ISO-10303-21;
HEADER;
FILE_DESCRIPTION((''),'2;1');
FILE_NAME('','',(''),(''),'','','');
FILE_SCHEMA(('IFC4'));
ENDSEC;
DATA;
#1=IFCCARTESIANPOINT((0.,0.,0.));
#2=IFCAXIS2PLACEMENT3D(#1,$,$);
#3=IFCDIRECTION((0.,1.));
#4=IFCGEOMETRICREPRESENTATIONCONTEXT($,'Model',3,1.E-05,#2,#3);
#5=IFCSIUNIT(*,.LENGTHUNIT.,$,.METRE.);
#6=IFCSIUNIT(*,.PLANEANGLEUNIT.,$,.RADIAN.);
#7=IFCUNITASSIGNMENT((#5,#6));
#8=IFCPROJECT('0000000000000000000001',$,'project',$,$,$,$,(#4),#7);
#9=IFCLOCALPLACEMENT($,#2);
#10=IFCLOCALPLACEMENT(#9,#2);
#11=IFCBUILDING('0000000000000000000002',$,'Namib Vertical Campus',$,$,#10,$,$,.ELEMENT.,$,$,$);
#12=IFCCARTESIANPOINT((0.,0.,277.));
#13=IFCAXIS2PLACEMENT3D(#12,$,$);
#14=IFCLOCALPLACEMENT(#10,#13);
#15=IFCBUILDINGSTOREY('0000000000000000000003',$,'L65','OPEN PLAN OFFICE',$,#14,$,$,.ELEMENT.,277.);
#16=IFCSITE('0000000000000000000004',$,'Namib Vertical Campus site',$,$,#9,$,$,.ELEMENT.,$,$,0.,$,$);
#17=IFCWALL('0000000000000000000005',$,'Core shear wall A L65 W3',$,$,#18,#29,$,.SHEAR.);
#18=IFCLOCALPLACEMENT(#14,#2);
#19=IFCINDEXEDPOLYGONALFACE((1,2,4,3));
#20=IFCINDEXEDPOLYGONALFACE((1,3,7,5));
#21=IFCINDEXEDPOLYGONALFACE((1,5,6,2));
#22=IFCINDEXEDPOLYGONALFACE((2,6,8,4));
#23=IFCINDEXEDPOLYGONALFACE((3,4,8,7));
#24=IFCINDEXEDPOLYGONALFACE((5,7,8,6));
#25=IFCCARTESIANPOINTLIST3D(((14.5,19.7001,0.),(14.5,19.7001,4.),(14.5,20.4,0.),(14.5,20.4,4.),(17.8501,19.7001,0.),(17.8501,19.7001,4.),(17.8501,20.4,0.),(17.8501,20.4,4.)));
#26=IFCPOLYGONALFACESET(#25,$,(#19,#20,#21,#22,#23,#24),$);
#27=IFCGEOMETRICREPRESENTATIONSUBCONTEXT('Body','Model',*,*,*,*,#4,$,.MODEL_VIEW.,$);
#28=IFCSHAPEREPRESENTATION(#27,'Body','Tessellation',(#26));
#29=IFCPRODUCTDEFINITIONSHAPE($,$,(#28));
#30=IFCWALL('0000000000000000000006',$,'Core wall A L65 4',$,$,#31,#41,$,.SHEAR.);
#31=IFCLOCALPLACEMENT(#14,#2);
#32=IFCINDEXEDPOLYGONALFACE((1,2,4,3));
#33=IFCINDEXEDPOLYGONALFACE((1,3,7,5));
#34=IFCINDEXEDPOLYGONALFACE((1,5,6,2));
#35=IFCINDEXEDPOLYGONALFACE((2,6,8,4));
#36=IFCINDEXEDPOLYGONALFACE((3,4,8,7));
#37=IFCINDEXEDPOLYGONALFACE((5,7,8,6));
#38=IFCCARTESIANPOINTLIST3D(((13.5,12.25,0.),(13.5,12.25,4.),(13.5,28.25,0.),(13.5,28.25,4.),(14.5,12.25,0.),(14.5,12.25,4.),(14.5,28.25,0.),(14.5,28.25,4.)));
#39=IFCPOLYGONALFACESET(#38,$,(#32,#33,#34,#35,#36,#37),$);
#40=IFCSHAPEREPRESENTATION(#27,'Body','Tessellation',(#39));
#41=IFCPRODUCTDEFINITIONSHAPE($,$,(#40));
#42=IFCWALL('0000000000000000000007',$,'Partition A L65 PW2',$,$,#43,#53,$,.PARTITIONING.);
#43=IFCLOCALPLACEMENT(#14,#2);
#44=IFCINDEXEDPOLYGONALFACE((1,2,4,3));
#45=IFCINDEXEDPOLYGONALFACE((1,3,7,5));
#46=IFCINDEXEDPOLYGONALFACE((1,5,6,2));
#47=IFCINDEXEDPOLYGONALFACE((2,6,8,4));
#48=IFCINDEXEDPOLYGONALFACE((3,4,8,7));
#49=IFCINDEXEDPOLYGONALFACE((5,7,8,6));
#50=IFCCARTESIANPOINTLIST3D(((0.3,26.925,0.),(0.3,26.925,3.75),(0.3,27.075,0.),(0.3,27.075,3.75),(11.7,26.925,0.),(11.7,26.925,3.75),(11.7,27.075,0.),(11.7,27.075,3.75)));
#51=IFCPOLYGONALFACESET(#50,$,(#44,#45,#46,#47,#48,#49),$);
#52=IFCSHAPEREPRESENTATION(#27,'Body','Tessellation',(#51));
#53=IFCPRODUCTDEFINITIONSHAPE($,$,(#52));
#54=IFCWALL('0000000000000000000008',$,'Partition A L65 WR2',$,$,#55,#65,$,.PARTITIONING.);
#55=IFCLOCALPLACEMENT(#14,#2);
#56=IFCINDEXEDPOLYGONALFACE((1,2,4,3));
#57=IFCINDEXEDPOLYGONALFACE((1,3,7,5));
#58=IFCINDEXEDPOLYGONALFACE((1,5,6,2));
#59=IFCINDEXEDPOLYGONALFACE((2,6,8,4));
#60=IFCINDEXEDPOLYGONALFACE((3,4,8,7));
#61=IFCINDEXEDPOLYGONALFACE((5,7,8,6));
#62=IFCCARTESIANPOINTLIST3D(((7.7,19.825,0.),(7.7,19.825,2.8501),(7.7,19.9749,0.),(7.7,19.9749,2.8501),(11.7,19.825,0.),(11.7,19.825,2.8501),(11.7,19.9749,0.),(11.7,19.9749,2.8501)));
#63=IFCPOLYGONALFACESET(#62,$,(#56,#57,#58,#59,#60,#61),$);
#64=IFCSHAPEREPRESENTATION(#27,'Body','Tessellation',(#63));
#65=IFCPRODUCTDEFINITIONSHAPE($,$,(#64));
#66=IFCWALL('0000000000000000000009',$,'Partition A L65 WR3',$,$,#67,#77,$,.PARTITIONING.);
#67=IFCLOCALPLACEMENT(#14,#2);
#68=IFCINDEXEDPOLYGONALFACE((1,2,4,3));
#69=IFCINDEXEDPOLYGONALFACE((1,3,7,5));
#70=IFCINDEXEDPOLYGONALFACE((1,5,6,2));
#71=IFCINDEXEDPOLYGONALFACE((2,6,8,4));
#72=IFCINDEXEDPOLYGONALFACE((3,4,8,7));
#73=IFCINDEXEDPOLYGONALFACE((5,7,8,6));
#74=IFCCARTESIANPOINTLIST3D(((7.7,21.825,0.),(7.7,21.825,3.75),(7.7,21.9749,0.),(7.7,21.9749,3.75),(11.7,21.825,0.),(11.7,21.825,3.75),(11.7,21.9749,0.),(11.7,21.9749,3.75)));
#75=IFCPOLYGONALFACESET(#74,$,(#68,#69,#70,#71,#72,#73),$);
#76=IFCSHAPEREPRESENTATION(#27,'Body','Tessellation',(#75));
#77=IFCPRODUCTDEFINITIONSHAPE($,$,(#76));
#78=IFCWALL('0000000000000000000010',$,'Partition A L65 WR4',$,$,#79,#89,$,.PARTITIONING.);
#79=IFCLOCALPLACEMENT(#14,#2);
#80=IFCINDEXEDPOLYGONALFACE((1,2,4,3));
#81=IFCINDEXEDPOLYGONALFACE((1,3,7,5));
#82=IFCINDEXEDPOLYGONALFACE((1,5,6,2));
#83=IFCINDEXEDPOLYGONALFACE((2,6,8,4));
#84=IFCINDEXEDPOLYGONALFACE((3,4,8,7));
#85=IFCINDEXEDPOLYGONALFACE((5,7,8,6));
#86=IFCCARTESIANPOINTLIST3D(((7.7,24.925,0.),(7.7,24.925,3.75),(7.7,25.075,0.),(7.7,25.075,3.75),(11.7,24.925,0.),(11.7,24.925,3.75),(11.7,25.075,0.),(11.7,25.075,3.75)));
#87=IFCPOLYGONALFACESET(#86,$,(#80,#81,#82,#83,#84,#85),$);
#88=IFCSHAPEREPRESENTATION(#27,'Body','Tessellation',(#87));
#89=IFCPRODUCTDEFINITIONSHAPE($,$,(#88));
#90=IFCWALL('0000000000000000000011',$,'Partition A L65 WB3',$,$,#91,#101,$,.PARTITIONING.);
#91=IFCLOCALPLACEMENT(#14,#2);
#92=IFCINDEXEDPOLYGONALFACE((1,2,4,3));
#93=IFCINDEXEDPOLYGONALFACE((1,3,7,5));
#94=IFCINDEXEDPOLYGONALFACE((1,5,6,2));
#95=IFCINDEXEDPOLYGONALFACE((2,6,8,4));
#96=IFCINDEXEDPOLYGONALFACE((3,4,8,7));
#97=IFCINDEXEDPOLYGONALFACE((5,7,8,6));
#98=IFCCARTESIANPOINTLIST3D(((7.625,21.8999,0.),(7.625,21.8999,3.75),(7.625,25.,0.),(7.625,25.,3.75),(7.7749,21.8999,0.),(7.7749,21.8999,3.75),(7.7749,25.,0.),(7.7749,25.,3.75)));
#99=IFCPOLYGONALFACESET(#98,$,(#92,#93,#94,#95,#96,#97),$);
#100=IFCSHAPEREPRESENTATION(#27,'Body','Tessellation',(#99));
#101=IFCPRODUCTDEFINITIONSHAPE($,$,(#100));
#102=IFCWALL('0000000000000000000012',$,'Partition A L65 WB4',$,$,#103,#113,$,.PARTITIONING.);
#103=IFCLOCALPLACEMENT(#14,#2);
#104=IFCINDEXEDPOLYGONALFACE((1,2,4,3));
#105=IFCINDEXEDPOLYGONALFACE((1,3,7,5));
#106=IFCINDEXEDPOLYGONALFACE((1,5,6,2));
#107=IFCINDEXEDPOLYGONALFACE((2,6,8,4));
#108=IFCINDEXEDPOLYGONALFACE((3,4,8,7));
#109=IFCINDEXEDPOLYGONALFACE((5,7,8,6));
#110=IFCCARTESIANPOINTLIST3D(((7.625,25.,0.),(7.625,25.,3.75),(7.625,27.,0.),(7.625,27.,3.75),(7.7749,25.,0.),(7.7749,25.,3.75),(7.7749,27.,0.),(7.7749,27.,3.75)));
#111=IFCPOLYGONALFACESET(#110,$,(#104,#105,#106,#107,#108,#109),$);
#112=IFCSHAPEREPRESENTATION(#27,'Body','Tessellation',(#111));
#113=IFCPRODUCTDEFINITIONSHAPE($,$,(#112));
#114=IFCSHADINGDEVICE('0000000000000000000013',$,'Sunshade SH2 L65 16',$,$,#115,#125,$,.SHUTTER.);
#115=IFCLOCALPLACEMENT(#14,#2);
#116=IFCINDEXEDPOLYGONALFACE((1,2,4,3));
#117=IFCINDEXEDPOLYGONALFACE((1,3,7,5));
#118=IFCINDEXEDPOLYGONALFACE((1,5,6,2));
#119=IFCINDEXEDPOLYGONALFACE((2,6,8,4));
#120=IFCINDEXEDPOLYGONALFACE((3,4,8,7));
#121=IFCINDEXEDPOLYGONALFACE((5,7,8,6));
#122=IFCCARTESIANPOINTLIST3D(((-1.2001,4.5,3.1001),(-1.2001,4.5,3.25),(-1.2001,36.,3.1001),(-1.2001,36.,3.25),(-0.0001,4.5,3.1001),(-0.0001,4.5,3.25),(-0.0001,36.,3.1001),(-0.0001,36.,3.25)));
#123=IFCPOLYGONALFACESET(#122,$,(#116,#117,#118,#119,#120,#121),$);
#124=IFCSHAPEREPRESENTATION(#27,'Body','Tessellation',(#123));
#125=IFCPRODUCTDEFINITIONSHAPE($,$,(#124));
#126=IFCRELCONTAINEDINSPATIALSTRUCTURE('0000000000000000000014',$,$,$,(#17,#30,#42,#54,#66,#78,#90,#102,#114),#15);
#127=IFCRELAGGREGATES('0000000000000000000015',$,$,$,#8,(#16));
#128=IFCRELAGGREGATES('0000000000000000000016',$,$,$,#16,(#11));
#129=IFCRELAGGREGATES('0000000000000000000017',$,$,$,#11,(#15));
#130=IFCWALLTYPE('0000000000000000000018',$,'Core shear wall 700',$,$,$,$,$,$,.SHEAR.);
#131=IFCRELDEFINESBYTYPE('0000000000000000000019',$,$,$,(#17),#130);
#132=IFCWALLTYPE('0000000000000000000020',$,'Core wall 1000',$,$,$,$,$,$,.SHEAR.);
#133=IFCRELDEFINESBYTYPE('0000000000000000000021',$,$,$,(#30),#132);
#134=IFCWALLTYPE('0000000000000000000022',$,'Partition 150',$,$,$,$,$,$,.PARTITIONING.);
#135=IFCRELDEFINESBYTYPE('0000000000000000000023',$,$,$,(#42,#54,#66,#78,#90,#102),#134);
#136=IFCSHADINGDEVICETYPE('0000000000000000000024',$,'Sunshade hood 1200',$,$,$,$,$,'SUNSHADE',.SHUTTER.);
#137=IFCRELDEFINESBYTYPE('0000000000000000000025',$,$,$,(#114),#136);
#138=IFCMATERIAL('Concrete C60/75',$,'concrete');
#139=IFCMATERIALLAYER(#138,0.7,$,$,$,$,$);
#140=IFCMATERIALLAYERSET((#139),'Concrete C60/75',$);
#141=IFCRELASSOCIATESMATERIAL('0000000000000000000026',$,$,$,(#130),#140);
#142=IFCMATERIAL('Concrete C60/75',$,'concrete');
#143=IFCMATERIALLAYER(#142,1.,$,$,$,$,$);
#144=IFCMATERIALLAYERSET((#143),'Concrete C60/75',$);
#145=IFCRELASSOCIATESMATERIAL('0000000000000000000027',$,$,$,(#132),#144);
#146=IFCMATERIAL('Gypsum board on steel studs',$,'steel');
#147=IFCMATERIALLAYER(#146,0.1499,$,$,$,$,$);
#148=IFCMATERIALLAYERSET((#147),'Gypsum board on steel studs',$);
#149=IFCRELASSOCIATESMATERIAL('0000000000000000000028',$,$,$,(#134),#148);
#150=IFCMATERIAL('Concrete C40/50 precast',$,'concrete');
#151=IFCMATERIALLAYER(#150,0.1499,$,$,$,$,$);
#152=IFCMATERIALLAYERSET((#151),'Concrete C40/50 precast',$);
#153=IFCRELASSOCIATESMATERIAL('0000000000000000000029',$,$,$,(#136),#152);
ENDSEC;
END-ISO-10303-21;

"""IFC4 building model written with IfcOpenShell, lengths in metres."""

from ifc_helpers import new_model, si_unit, direction, frame, frame_2d, origin, origin_2d, place, context, subcontext, project, spatial, rectangle, extrude, material, layer, layer_set, type_object, element, save


model = new_model("IFC4")

# Units and contexts
model_context = context("Model", 3, precision=1e-05, world=origin(), true_north=direction((0.0, 1.0)))
body_context = subcontext(model_context, "Body", "Model", "MODEL_VIEW")
ifc_project = project(units=[si_unit("LENGTHUNIT", "METRE"), si_unit("PLANEANGLEUNIT", "RADIAN")], contexts=[model_context])

# Site, building, storey
site_placement = place(None, origin())
site = spatial("IfcSite", under=ifc_project, at=site_placement, Name="Namib Vertical Campus site", CompositionType="ELEMENT", RefElevation=0.0)
building_placement = place(site_placement, origin())
building = spatial("IfcBuilding", under=site, at=building_placement, Name="Namib Vertical Campus", CompositionType="ELEMENT")
storey_placement = place(building_placement, frame((0.0, 0.0, 277.0)))
storey = spatial("IfcBuildingStorey", under=building, at=storey_placement, Name="L65", Description="OPEN PLAN OFFICE", CompositionType="ELEMENT", Elevation=277.0)

# Walls
ifc_material_1 = material(Name="Concrete C60/75", Category="concrete")
ifc_layer_1 = layer(ifc_material_1, 0.7)
ifc_layer_set_1 = layer_set([ifc_layer_1], Name="Concrete C60/75")
wall_type_1 = type_object("IfcWallType", Name="Core shear wall 700", PredefinedType="SHEAR", material=ifc_layer_set_1)
wall_1_placement = place(storey_placement, frame((14.5, 20.05, 0.0), z_axis=(0.0, 0.0, 1.0), x_axis=(1.0, 0.0, 0.0)))
element("IfcWall", 1, at=wall_1_placement, inside=storey, type_object=wall_type_1, Name="Core shear wall A L65 W3", PredefinedType="SHEAR", context=body_context, shape_type="SweptSolid", body=[
    extrude(rectangle(XDim=3.3501, YDim=0.7, at=frame_2d((1.675, 0.0))), origin(), (0.0, 0.0, 1.0), 4.0),
])
ifc_material_2 = material(Name="Concrete C60/75", Category="concrete")
ifc_layer_2 = layer(ifc_material_2, 1.0)
ifc_layer_set_2 = layer_set([ifc_layer_2], Name="Concrete C60/75")
wall_type_2 = type_object("IfcWallType", Name="Core wall 1000", PredefinedType="SHEAR", material=ifc_layer_set_2)
wall_2_placement = place(storey_placement, frame((14.0, 28.25, 0.0), z_axis=(0.0, 0.0, 1.0), x_axis=(0.0, -1.0, 0.0)))
element("IfcWall", 2, at=wall_2_placement, inside=storey, type_object=wall_type_2, Name="Core wall A L65 4", PredefinedType="SHEAR", context=body_context, shape_type="SweptSolid", body=[
    extrude(rectangle(XDim=16.0, YDim=1.0, at=frame_2d((8.0, 0.0))), origin(), (0.0, 0.0, 1.0), 4.0),
])
ifc_material_3 = material(Name="Gypsum board on steel studs", Category="steel")
ifc_layer_3 = layer(ifc_material_3, 0.1499)
ifc_layer_set_3 = layer_set([ifc_layer_3], Name="Gypsum board on steel studs")
wall_type_3 = type_object("IfcWallType", Name="Partition 150", PredefinedType="PARTITIONING", material=ifc_layer_set_3)
wall_3_placement = place(storey_placement, frame((0.3, 27.0, 0.0), z_axis=(0.0, 0.0, 1.0), x_axis=(1.0, 0.0, 0.0)))
element("IfcWall", 3, at=wall_3_placement, inside=storey, type_object=wall_type_3, Name="Partition A L65 PW2", PredefinedType="PARTITIONING", context=body_context, shape_type="SweptSolid", body=[
    extrude(rectangle(XDim=11.3999, YDim=0.1499, at=frame_2d((5.7, 0.0))), origin(), (0.0, 0.0, 1.0), 3.75),
])
wall_4_placement = place(storey_placement, frame((11.7, 19.8999, 0.0), z_axis=(0.0, 0.0, 1.0), x_axis=(-1.0, 0.0, 0.0)))
element("IfcWall", 4, at=wall_4_placement, inside=storey, type_object=wall_type_3, Name="Partition A L65 WR2", PredefinedType="PARTITIONING", context=body_context, shape_type="SweptSolid", body=[
    extrude(rectangle(XDim=4.0, YDim=0.1499, at=frame_2d((2.0, 0.0))), origin(), (0.0, 0.0, 1.0), 2.8501),
])
for number, where, z_axis, x_axis, name in (
    (5, (11.7, 21.8999, 0.0), (0.0, 0.0, 1.0), (-1.0, 0.0, 0.0), "Partition A L65 WR3"),
    (6, (11.7, 25.0, 0.0), (0.0, 0.0, 1.0), (-1.0, 0.0, 0.0), "Partition A L65 WR4"),
):
    element("IfcWall", number, at=place(storey_placement, frame(where, z_axis=z_axis, x_axis=x_axis)), inside=storey, type_object=wall_type_3, Name=name, PredefinedType="PARTITIONING", context=body_context, shape_type="SweptSolid", body=[
        extrude(rectangle(XDim=4.0, YDim=0.1499, at=frame_2d((2.0, 0.0))), origin(), (0.0, 0.0, 1.0), 3.75),
    ])
wall_5_placement = place(storey_placement, frame((7.7, 21.8999, 0.0), z_axis=(0.0, 0.0, 1.0), x_axis=(0.0, 1.0, 0.0)))
element("IfcWall", 7, at=wall_5_placement, inside=storey, type_object=wall_type_3, Name="Partition A L65 WB3", PredefinedType="PARTITIONING", context=body_context, shape_type="SweptSolid", body=[
    extrude(rectangle(XDim=3.1001, YDim=0.1499, at=frame_2d((1.55, 0.0))), origin(), (0.0, 0.0, 1.0), 3.75),
])
wall_6_placement = place(storey_placement, frame((7.7, 25.0, 0.0), z_axis=(0.0, 0.0, 1.0), x_axis=(0.0, 1.0, 0.0)))
element("IfcWall", 8, at=wall_6_placement, inside=storey, type_object=wall_type_3, Name="Partition A L65 WB4", PredefinedType="PARTITIONING", context=body_context, shape_type="SweptSolid", body=[
    extrude(rectangle(XDim=2.0, YDim=0.1499, at=frame_2d((1.0, 0.0))), origin(), (0.0, 0.0, 1.0), 3.75),
])

# Shading device
ifc_material_4 = material(Name="Concrete C40/50 precast", Category="concrete")
ifc_layer_4 = layer(ifc_material_4, 0.1499)
ifc_layer_set_4 = layer_set([ifc_layer_4], Name="Concrete C40/50 precast")
shading_device_type = type_object("IfcShadingDeviceType", Name="Sunshade hood 1200", ElementType="SUNSHADE", PredefinedType="SHUTTER", material=ifc_layer_set_4)
shading_device_placement = place(storey_placement, frame((-0.6001, 20.25, 3.1001), z_axis=(0.0, 0.0, 1.0), x_axis=(0.0, -1.0, 0.0)))
element("IfcShadingDevice", 9, at=shading_device_placement, inside=storey, type_object=shading_device_type, Name="Sunshade SH2 L65 16", PredefinedType="SHUTTER", context=body_context, shape_type="SweptSolid", body=[
    extrude(rectangle(XDim=31.5, YDim=1.2, at=origin_2d()), origin(), (0.0, 0.0, 1.0), 0.1499),
])

save(model, "model.ifc")
